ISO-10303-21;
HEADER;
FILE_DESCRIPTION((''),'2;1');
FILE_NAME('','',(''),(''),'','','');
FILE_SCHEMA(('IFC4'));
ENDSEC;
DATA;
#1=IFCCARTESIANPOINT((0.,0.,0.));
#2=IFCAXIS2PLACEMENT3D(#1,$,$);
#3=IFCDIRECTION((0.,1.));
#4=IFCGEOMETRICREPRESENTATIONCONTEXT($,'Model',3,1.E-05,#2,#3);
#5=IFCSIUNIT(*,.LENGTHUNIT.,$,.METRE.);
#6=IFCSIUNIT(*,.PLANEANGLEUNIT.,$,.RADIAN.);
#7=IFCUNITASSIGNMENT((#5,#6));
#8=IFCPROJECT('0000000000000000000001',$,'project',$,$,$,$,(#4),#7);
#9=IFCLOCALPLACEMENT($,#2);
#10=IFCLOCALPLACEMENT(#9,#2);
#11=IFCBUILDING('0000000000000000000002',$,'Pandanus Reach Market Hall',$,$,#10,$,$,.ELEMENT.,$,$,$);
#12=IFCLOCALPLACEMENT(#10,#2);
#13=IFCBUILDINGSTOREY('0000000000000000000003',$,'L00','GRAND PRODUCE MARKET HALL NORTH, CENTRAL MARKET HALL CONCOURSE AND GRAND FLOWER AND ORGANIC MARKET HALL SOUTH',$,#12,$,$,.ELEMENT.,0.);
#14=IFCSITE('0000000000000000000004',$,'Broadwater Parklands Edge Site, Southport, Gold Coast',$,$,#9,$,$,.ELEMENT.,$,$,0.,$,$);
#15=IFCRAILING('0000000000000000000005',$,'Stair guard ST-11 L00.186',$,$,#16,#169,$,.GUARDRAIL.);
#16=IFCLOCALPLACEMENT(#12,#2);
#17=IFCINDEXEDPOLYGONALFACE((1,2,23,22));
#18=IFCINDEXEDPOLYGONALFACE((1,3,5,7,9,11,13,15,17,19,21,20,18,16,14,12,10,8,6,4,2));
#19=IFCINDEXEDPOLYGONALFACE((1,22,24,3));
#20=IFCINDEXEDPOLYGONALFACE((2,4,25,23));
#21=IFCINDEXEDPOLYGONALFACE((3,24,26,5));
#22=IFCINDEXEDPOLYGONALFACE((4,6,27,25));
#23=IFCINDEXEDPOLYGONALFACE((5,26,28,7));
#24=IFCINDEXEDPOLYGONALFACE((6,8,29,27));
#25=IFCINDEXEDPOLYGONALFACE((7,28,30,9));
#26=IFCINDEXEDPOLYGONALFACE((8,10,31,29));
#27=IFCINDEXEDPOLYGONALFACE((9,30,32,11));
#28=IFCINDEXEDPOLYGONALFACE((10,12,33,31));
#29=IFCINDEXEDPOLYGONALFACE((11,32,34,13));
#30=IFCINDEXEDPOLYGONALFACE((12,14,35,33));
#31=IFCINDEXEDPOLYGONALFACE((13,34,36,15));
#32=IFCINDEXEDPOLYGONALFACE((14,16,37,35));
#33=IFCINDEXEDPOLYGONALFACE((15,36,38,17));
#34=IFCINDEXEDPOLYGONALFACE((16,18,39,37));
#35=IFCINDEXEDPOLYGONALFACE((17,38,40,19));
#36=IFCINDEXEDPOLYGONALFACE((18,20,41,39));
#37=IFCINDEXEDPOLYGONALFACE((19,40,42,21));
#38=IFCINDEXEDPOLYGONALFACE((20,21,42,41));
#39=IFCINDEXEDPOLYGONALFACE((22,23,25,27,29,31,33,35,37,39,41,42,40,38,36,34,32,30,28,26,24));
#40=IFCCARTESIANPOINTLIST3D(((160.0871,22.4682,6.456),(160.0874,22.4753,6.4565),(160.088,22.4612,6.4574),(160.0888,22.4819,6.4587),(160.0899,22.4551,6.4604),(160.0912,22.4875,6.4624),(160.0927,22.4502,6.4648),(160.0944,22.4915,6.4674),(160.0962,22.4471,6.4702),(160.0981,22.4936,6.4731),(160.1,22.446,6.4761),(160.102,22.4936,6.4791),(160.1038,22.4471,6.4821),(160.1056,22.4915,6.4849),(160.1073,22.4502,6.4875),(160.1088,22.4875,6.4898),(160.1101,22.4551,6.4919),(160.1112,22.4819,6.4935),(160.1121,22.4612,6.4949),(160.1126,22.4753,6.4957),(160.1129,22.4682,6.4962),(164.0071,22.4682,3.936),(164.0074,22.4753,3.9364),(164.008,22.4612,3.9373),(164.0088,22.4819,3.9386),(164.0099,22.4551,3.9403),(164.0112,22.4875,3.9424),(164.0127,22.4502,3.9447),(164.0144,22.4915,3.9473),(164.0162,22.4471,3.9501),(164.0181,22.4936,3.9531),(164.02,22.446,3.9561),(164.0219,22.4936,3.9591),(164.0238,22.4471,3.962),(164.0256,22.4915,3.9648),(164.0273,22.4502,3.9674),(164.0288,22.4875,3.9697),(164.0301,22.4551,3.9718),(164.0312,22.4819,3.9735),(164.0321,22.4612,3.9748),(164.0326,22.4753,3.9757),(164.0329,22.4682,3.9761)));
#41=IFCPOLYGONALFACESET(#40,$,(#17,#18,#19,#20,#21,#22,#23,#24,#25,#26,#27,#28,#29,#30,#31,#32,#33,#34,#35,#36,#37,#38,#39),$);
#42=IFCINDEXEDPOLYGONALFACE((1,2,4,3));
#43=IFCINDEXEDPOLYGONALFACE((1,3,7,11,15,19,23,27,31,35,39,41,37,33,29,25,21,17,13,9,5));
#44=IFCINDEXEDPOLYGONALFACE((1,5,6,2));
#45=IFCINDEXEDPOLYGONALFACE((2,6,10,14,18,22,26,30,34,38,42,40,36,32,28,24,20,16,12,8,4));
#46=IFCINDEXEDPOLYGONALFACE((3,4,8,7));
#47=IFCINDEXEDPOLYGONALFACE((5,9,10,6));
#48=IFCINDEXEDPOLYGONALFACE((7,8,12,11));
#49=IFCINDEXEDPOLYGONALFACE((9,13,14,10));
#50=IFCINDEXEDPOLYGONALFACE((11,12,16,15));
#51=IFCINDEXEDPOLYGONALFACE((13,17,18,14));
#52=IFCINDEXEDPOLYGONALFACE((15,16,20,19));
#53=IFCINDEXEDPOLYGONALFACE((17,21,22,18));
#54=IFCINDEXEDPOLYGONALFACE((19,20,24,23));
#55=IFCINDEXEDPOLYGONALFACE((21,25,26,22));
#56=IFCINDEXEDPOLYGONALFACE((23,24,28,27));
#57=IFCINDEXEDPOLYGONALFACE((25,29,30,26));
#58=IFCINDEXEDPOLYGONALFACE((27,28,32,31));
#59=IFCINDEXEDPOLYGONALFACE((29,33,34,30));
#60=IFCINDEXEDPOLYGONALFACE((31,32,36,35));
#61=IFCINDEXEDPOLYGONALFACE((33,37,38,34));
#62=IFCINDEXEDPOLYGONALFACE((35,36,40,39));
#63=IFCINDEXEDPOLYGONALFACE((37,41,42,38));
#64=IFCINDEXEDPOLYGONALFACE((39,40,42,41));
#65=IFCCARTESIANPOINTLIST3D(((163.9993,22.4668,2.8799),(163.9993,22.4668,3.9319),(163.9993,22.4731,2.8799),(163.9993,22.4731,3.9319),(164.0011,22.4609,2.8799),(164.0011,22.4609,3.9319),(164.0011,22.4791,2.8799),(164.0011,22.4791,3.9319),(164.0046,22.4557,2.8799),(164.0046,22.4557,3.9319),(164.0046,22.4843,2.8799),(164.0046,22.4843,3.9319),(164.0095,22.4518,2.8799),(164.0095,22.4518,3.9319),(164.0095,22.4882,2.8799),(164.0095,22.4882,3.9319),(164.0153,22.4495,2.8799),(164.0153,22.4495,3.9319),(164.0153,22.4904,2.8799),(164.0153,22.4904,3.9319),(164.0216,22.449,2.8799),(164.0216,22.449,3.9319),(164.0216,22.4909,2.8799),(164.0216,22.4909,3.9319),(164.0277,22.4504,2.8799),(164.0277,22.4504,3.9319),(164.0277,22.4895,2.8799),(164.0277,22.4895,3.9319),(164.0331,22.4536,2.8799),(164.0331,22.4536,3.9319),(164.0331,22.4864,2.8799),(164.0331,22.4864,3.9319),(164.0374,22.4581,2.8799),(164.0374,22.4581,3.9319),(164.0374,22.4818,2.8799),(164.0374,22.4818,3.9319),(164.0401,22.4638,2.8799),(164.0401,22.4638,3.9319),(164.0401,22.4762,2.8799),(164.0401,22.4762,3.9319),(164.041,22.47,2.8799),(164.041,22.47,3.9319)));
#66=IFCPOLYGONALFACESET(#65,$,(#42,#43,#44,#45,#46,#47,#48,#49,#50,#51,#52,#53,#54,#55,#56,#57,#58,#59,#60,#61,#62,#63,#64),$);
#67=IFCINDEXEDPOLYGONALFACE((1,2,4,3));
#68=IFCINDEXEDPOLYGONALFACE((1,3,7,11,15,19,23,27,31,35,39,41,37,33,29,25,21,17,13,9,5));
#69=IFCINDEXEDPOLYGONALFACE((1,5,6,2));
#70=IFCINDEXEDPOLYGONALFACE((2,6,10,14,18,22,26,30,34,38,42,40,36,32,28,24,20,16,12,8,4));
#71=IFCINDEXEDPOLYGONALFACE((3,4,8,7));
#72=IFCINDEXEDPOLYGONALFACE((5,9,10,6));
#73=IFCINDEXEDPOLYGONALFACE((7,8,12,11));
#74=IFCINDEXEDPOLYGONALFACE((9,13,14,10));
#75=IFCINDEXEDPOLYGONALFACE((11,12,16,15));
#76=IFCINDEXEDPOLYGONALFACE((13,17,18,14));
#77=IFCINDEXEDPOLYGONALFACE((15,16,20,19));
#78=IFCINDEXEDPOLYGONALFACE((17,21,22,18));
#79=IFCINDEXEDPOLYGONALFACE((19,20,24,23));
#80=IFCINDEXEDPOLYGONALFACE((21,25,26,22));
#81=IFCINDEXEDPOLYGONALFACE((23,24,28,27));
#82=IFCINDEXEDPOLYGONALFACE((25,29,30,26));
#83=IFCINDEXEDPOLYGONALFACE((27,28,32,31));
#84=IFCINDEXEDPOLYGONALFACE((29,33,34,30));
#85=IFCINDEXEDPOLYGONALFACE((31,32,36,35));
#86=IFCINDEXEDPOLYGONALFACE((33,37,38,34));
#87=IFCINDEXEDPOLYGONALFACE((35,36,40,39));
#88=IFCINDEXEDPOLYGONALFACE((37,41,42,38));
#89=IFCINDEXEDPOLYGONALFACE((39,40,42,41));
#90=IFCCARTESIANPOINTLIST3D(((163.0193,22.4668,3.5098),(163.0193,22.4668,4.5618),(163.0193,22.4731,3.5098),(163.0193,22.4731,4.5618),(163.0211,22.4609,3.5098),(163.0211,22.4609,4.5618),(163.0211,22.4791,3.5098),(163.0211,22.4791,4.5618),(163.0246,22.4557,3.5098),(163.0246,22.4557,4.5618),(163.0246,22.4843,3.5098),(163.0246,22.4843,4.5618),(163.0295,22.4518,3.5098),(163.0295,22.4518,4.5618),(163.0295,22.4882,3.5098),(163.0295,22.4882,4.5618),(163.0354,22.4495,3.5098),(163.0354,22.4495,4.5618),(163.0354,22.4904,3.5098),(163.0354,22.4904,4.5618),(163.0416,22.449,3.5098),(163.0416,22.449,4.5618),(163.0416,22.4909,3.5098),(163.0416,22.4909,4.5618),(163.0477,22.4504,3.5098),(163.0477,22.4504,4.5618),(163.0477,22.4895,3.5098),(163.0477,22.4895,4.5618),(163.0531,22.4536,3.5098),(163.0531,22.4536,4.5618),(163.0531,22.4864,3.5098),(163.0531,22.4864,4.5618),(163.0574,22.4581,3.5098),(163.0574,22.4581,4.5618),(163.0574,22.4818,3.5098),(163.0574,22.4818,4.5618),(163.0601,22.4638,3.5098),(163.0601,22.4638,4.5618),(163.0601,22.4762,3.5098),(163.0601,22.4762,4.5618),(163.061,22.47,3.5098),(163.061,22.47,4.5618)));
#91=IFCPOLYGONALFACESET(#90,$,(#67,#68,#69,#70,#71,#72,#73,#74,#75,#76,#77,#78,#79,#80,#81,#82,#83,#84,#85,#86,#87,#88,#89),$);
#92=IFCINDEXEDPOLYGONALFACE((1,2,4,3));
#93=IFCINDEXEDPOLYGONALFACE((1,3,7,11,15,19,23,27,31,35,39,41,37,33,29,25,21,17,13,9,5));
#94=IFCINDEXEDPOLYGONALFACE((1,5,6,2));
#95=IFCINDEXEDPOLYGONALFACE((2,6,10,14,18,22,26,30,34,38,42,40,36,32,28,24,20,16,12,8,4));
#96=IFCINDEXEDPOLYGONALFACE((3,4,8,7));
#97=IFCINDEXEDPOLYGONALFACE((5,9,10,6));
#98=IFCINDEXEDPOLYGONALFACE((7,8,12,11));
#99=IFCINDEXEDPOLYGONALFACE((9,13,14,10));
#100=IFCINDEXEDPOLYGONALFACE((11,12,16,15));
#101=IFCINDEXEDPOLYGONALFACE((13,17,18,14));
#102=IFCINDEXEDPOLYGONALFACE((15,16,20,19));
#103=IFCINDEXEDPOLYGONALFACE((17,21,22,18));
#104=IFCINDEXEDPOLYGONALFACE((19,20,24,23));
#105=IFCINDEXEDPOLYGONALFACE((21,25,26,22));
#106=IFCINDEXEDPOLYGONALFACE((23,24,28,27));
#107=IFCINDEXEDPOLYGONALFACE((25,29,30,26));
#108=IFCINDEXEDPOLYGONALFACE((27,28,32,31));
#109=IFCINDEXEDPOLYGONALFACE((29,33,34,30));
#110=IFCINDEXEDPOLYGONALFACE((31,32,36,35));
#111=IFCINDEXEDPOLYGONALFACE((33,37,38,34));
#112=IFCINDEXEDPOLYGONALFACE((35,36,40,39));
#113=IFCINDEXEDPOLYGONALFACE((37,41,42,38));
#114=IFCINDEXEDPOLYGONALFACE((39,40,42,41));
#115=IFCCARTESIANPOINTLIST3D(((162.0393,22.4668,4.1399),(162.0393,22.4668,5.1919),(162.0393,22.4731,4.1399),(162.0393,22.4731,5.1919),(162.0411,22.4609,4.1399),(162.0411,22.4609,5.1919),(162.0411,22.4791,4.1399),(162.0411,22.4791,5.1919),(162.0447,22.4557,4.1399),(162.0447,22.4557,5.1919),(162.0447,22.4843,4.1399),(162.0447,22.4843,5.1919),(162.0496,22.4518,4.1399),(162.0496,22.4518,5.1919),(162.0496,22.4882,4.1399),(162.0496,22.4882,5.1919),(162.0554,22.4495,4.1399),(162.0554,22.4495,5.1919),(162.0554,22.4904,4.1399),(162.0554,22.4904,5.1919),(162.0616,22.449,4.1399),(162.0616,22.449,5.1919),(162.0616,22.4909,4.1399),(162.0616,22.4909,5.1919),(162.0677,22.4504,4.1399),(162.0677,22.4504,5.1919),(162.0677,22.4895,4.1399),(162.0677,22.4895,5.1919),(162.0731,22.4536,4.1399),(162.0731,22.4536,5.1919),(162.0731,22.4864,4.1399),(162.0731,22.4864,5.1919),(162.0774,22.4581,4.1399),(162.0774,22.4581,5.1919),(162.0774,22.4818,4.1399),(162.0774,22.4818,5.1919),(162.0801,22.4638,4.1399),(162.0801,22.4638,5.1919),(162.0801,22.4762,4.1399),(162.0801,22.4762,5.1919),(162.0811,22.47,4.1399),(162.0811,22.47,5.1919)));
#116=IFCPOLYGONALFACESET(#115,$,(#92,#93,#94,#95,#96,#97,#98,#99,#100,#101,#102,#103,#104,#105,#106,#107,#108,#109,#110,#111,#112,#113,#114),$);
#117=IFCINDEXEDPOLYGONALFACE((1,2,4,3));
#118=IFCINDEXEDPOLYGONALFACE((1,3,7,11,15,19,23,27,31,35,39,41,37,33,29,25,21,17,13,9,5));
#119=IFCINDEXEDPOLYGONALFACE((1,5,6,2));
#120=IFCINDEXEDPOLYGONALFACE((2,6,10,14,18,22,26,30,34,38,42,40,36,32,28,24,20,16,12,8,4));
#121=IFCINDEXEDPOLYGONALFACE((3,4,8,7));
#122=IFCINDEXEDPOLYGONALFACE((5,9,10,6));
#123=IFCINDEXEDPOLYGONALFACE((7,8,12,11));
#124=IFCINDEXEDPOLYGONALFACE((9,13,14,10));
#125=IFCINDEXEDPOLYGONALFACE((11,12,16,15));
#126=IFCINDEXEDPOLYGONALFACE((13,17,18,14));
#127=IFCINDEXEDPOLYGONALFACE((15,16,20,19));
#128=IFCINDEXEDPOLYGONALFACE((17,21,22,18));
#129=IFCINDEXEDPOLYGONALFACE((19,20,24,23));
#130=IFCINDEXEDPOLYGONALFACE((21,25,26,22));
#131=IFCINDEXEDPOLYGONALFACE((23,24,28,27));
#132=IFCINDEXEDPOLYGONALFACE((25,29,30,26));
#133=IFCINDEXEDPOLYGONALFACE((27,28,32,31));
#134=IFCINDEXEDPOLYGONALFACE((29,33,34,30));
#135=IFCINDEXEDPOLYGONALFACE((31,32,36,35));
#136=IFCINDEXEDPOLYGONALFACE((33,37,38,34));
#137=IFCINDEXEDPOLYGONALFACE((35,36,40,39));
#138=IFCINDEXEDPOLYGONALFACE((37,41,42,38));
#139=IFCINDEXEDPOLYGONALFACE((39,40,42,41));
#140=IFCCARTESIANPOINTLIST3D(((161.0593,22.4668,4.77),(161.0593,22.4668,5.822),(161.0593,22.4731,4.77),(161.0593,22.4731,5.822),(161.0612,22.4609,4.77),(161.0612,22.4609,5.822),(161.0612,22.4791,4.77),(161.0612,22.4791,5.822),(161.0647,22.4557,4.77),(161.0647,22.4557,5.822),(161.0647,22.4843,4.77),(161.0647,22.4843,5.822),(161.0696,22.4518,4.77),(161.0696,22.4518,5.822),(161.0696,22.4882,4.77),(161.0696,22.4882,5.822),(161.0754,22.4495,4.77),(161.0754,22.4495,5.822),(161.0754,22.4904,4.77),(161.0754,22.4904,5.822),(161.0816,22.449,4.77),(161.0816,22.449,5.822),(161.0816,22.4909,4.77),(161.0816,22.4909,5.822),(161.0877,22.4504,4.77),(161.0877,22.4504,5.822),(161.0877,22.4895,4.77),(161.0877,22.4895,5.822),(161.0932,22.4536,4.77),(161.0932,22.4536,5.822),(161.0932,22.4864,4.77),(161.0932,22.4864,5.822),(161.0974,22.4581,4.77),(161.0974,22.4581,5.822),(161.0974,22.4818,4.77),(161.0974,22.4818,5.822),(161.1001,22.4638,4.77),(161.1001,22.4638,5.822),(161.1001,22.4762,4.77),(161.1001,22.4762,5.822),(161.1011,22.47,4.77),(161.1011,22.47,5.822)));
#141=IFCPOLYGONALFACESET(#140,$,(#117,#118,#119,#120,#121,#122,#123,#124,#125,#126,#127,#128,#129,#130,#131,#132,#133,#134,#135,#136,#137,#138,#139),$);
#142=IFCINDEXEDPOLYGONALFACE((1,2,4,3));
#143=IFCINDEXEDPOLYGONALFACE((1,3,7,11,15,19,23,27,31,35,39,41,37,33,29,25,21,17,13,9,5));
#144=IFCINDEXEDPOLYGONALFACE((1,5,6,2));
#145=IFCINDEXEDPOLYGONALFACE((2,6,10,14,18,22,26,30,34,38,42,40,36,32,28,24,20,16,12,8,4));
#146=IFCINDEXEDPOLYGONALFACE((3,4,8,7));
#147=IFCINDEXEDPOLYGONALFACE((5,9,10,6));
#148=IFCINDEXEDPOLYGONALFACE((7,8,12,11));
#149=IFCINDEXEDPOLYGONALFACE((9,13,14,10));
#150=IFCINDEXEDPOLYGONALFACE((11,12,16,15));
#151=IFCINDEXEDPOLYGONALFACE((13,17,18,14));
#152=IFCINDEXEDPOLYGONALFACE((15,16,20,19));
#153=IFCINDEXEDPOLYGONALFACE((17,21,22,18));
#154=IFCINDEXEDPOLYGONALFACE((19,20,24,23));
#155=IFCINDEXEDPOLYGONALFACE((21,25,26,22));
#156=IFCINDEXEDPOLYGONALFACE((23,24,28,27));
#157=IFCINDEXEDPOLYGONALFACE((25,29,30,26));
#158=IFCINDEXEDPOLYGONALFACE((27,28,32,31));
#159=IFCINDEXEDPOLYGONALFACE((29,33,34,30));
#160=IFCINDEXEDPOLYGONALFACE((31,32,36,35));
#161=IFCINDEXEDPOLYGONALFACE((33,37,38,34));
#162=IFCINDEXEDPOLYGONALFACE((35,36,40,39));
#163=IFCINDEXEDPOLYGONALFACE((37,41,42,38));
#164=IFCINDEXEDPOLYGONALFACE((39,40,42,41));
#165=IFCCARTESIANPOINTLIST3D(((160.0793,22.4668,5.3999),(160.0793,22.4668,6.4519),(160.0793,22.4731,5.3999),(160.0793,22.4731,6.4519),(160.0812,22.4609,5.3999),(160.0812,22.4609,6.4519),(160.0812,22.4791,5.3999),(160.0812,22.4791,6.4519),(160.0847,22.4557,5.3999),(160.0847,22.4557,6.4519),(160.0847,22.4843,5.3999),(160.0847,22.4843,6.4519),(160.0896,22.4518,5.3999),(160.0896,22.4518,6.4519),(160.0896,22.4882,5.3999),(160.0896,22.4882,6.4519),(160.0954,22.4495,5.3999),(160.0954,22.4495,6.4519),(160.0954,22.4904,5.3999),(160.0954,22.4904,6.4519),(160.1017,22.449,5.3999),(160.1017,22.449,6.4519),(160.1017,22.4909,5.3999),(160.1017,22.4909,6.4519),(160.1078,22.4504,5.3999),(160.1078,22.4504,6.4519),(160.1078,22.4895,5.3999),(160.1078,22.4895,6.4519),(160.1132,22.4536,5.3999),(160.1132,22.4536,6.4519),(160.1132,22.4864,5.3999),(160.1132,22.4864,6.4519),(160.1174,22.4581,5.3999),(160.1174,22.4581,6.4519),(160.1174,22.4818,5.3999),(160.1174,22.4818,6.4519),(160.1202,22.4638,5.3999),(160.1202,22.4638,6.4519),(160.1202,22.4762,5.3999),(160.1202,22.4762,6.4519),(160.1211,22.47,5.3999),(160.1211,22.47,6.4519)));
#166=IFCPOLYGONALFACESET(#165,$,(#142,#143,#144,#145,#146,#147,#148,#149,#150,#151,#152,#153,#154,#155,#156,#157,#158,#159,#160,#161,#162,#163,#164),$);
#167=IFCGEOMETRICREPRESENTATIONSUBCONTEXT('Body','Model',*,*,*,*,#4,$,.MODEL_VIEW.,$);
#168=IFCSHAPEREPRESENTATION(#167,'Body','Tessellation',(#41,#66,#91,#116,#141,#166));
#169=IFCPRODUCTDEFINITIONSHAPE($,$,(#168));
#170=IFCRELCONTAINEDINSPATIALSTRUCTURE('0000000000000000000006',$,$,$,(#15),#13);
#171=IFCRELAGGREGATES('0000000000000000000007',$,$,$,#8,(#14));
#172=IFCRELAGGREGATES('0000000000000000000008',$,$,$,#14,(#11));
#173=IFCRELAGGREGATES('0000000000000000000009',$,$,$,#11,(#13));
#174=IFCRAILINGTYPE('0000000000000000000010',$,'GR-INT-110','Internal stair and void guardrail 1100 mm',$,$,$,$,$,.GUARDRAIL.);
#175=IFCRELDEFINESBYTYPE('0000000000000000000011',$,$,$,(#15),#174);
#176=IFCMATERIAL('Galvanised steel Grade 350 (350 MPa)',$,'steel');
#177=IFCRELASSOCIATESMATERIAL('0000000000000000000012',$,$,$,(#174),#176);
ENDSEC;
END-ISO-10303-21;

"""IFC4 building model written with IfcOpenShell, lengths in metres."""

from ifc_helpers import new_model, si_unit, direction, frame, origin, origin_2d, place, context, subcontext, project, spatial, circle, extrude, material, type_object, element, save


model = new_model("IFC4")

# Units and contexts
model_context = context("Model", 3, precision=1e-05, world=origin(), true_north=direction((0.0, 1.0)))
body_context = subcontext(model_context, "Body", "Model", "MODEL_VIEW")
ifc_project = project(units=[si_unit("LENGTHUNIT", "METRE"), si_unit("PLANEANGLEUNIT", "RADIAN")], contexts=[model_context])

# Site, building, storey
site_placement = place(None, origin())
site = spatial("IfcSite", under=ifc_project, at=site_placement, Name="Broadwater Parklands Edge Site, Southport, Gold Coast", CompositionType="ELEMENT", RefElevation=0.0)
building_placement = place(site_placement, origin())
building = spatial("IfcBuilding", under=site, at=building_placement, Name="Pandanus Reach Market Hall", CompositionType="ELEMENT")
storey_placement = place(building_placement, origin())
storey = spatial("IfcBuildingStorey", under=building, at=storey_placement, Name="L00", Description="GRAND PRODUCE MARKET HALL NORTH, CENTRAL MARKET HALL CONCOURSE AND GRAND FLOWER AND ORGANIC MARKET HALL SOUTH", CompositionType="ELEMENT", Elevation=0.0)

# Railing
ifc_material_1 = material(Name="Galvanised steel Grade 350 (350 MPa)", Category="steel")
railing_type_1 = type_object("IfcRailingType", Name="GR-INT-110", Description="Internal stair and void guardrail 1100 mm", PredefinedType="GUARDRAIL", material=ifc_material_1)
railing_1_placement = place(storey_placement, frame((164.02, 22.47, 2.8799)))
element("IfcRailing", 1, at=railing_1_placement, inside=storey, type_object=railing_type_1, Name="Stair guard ST-11 L00.186", PredefinedType="GUARDRAIL", context=body_context, shape_type="SweptSolid", body=[
    extrude(circle(Radius=0.0239, at=origin_2d()), frame((0.0, 0.0, 1.0762), z_axis=(-0.841172, 0.0, 0.540768), x_axis=(0.0, -1.0, 0.0)), (0.0, 0.0, 1.0), 4.6602),
    extrude(circle(Radius=0.021, at=origin_2d()), origin(), (0.0, 0.0, 1.0), 1.052),
    extrude(circle(Radius=0.021, at=origin_2d()), frame((-0.98, 0.0, 0.6299)), (0.0, 0.0, 1.0), 1.052),
    extrude(circle(Radius=0.021, at=origin_2d()), frame((-1.96, 0.0, 1.26)), (0.0, 0.0, 1.0), 1.052),
    extrude(circle(Radius=0.021, at=origin_2d()), frame((-2.9399, 0.0, 1.8901)), (0.0, 0.0, 1.0), 1.052),
    extrude(circle(Radius=0.021, at=origin_2d()), frame((-3.9199, 0.0, 2.52)), (0.0, 0.0, 1.0), 1.052),
])

save(model, "model.ifc")
